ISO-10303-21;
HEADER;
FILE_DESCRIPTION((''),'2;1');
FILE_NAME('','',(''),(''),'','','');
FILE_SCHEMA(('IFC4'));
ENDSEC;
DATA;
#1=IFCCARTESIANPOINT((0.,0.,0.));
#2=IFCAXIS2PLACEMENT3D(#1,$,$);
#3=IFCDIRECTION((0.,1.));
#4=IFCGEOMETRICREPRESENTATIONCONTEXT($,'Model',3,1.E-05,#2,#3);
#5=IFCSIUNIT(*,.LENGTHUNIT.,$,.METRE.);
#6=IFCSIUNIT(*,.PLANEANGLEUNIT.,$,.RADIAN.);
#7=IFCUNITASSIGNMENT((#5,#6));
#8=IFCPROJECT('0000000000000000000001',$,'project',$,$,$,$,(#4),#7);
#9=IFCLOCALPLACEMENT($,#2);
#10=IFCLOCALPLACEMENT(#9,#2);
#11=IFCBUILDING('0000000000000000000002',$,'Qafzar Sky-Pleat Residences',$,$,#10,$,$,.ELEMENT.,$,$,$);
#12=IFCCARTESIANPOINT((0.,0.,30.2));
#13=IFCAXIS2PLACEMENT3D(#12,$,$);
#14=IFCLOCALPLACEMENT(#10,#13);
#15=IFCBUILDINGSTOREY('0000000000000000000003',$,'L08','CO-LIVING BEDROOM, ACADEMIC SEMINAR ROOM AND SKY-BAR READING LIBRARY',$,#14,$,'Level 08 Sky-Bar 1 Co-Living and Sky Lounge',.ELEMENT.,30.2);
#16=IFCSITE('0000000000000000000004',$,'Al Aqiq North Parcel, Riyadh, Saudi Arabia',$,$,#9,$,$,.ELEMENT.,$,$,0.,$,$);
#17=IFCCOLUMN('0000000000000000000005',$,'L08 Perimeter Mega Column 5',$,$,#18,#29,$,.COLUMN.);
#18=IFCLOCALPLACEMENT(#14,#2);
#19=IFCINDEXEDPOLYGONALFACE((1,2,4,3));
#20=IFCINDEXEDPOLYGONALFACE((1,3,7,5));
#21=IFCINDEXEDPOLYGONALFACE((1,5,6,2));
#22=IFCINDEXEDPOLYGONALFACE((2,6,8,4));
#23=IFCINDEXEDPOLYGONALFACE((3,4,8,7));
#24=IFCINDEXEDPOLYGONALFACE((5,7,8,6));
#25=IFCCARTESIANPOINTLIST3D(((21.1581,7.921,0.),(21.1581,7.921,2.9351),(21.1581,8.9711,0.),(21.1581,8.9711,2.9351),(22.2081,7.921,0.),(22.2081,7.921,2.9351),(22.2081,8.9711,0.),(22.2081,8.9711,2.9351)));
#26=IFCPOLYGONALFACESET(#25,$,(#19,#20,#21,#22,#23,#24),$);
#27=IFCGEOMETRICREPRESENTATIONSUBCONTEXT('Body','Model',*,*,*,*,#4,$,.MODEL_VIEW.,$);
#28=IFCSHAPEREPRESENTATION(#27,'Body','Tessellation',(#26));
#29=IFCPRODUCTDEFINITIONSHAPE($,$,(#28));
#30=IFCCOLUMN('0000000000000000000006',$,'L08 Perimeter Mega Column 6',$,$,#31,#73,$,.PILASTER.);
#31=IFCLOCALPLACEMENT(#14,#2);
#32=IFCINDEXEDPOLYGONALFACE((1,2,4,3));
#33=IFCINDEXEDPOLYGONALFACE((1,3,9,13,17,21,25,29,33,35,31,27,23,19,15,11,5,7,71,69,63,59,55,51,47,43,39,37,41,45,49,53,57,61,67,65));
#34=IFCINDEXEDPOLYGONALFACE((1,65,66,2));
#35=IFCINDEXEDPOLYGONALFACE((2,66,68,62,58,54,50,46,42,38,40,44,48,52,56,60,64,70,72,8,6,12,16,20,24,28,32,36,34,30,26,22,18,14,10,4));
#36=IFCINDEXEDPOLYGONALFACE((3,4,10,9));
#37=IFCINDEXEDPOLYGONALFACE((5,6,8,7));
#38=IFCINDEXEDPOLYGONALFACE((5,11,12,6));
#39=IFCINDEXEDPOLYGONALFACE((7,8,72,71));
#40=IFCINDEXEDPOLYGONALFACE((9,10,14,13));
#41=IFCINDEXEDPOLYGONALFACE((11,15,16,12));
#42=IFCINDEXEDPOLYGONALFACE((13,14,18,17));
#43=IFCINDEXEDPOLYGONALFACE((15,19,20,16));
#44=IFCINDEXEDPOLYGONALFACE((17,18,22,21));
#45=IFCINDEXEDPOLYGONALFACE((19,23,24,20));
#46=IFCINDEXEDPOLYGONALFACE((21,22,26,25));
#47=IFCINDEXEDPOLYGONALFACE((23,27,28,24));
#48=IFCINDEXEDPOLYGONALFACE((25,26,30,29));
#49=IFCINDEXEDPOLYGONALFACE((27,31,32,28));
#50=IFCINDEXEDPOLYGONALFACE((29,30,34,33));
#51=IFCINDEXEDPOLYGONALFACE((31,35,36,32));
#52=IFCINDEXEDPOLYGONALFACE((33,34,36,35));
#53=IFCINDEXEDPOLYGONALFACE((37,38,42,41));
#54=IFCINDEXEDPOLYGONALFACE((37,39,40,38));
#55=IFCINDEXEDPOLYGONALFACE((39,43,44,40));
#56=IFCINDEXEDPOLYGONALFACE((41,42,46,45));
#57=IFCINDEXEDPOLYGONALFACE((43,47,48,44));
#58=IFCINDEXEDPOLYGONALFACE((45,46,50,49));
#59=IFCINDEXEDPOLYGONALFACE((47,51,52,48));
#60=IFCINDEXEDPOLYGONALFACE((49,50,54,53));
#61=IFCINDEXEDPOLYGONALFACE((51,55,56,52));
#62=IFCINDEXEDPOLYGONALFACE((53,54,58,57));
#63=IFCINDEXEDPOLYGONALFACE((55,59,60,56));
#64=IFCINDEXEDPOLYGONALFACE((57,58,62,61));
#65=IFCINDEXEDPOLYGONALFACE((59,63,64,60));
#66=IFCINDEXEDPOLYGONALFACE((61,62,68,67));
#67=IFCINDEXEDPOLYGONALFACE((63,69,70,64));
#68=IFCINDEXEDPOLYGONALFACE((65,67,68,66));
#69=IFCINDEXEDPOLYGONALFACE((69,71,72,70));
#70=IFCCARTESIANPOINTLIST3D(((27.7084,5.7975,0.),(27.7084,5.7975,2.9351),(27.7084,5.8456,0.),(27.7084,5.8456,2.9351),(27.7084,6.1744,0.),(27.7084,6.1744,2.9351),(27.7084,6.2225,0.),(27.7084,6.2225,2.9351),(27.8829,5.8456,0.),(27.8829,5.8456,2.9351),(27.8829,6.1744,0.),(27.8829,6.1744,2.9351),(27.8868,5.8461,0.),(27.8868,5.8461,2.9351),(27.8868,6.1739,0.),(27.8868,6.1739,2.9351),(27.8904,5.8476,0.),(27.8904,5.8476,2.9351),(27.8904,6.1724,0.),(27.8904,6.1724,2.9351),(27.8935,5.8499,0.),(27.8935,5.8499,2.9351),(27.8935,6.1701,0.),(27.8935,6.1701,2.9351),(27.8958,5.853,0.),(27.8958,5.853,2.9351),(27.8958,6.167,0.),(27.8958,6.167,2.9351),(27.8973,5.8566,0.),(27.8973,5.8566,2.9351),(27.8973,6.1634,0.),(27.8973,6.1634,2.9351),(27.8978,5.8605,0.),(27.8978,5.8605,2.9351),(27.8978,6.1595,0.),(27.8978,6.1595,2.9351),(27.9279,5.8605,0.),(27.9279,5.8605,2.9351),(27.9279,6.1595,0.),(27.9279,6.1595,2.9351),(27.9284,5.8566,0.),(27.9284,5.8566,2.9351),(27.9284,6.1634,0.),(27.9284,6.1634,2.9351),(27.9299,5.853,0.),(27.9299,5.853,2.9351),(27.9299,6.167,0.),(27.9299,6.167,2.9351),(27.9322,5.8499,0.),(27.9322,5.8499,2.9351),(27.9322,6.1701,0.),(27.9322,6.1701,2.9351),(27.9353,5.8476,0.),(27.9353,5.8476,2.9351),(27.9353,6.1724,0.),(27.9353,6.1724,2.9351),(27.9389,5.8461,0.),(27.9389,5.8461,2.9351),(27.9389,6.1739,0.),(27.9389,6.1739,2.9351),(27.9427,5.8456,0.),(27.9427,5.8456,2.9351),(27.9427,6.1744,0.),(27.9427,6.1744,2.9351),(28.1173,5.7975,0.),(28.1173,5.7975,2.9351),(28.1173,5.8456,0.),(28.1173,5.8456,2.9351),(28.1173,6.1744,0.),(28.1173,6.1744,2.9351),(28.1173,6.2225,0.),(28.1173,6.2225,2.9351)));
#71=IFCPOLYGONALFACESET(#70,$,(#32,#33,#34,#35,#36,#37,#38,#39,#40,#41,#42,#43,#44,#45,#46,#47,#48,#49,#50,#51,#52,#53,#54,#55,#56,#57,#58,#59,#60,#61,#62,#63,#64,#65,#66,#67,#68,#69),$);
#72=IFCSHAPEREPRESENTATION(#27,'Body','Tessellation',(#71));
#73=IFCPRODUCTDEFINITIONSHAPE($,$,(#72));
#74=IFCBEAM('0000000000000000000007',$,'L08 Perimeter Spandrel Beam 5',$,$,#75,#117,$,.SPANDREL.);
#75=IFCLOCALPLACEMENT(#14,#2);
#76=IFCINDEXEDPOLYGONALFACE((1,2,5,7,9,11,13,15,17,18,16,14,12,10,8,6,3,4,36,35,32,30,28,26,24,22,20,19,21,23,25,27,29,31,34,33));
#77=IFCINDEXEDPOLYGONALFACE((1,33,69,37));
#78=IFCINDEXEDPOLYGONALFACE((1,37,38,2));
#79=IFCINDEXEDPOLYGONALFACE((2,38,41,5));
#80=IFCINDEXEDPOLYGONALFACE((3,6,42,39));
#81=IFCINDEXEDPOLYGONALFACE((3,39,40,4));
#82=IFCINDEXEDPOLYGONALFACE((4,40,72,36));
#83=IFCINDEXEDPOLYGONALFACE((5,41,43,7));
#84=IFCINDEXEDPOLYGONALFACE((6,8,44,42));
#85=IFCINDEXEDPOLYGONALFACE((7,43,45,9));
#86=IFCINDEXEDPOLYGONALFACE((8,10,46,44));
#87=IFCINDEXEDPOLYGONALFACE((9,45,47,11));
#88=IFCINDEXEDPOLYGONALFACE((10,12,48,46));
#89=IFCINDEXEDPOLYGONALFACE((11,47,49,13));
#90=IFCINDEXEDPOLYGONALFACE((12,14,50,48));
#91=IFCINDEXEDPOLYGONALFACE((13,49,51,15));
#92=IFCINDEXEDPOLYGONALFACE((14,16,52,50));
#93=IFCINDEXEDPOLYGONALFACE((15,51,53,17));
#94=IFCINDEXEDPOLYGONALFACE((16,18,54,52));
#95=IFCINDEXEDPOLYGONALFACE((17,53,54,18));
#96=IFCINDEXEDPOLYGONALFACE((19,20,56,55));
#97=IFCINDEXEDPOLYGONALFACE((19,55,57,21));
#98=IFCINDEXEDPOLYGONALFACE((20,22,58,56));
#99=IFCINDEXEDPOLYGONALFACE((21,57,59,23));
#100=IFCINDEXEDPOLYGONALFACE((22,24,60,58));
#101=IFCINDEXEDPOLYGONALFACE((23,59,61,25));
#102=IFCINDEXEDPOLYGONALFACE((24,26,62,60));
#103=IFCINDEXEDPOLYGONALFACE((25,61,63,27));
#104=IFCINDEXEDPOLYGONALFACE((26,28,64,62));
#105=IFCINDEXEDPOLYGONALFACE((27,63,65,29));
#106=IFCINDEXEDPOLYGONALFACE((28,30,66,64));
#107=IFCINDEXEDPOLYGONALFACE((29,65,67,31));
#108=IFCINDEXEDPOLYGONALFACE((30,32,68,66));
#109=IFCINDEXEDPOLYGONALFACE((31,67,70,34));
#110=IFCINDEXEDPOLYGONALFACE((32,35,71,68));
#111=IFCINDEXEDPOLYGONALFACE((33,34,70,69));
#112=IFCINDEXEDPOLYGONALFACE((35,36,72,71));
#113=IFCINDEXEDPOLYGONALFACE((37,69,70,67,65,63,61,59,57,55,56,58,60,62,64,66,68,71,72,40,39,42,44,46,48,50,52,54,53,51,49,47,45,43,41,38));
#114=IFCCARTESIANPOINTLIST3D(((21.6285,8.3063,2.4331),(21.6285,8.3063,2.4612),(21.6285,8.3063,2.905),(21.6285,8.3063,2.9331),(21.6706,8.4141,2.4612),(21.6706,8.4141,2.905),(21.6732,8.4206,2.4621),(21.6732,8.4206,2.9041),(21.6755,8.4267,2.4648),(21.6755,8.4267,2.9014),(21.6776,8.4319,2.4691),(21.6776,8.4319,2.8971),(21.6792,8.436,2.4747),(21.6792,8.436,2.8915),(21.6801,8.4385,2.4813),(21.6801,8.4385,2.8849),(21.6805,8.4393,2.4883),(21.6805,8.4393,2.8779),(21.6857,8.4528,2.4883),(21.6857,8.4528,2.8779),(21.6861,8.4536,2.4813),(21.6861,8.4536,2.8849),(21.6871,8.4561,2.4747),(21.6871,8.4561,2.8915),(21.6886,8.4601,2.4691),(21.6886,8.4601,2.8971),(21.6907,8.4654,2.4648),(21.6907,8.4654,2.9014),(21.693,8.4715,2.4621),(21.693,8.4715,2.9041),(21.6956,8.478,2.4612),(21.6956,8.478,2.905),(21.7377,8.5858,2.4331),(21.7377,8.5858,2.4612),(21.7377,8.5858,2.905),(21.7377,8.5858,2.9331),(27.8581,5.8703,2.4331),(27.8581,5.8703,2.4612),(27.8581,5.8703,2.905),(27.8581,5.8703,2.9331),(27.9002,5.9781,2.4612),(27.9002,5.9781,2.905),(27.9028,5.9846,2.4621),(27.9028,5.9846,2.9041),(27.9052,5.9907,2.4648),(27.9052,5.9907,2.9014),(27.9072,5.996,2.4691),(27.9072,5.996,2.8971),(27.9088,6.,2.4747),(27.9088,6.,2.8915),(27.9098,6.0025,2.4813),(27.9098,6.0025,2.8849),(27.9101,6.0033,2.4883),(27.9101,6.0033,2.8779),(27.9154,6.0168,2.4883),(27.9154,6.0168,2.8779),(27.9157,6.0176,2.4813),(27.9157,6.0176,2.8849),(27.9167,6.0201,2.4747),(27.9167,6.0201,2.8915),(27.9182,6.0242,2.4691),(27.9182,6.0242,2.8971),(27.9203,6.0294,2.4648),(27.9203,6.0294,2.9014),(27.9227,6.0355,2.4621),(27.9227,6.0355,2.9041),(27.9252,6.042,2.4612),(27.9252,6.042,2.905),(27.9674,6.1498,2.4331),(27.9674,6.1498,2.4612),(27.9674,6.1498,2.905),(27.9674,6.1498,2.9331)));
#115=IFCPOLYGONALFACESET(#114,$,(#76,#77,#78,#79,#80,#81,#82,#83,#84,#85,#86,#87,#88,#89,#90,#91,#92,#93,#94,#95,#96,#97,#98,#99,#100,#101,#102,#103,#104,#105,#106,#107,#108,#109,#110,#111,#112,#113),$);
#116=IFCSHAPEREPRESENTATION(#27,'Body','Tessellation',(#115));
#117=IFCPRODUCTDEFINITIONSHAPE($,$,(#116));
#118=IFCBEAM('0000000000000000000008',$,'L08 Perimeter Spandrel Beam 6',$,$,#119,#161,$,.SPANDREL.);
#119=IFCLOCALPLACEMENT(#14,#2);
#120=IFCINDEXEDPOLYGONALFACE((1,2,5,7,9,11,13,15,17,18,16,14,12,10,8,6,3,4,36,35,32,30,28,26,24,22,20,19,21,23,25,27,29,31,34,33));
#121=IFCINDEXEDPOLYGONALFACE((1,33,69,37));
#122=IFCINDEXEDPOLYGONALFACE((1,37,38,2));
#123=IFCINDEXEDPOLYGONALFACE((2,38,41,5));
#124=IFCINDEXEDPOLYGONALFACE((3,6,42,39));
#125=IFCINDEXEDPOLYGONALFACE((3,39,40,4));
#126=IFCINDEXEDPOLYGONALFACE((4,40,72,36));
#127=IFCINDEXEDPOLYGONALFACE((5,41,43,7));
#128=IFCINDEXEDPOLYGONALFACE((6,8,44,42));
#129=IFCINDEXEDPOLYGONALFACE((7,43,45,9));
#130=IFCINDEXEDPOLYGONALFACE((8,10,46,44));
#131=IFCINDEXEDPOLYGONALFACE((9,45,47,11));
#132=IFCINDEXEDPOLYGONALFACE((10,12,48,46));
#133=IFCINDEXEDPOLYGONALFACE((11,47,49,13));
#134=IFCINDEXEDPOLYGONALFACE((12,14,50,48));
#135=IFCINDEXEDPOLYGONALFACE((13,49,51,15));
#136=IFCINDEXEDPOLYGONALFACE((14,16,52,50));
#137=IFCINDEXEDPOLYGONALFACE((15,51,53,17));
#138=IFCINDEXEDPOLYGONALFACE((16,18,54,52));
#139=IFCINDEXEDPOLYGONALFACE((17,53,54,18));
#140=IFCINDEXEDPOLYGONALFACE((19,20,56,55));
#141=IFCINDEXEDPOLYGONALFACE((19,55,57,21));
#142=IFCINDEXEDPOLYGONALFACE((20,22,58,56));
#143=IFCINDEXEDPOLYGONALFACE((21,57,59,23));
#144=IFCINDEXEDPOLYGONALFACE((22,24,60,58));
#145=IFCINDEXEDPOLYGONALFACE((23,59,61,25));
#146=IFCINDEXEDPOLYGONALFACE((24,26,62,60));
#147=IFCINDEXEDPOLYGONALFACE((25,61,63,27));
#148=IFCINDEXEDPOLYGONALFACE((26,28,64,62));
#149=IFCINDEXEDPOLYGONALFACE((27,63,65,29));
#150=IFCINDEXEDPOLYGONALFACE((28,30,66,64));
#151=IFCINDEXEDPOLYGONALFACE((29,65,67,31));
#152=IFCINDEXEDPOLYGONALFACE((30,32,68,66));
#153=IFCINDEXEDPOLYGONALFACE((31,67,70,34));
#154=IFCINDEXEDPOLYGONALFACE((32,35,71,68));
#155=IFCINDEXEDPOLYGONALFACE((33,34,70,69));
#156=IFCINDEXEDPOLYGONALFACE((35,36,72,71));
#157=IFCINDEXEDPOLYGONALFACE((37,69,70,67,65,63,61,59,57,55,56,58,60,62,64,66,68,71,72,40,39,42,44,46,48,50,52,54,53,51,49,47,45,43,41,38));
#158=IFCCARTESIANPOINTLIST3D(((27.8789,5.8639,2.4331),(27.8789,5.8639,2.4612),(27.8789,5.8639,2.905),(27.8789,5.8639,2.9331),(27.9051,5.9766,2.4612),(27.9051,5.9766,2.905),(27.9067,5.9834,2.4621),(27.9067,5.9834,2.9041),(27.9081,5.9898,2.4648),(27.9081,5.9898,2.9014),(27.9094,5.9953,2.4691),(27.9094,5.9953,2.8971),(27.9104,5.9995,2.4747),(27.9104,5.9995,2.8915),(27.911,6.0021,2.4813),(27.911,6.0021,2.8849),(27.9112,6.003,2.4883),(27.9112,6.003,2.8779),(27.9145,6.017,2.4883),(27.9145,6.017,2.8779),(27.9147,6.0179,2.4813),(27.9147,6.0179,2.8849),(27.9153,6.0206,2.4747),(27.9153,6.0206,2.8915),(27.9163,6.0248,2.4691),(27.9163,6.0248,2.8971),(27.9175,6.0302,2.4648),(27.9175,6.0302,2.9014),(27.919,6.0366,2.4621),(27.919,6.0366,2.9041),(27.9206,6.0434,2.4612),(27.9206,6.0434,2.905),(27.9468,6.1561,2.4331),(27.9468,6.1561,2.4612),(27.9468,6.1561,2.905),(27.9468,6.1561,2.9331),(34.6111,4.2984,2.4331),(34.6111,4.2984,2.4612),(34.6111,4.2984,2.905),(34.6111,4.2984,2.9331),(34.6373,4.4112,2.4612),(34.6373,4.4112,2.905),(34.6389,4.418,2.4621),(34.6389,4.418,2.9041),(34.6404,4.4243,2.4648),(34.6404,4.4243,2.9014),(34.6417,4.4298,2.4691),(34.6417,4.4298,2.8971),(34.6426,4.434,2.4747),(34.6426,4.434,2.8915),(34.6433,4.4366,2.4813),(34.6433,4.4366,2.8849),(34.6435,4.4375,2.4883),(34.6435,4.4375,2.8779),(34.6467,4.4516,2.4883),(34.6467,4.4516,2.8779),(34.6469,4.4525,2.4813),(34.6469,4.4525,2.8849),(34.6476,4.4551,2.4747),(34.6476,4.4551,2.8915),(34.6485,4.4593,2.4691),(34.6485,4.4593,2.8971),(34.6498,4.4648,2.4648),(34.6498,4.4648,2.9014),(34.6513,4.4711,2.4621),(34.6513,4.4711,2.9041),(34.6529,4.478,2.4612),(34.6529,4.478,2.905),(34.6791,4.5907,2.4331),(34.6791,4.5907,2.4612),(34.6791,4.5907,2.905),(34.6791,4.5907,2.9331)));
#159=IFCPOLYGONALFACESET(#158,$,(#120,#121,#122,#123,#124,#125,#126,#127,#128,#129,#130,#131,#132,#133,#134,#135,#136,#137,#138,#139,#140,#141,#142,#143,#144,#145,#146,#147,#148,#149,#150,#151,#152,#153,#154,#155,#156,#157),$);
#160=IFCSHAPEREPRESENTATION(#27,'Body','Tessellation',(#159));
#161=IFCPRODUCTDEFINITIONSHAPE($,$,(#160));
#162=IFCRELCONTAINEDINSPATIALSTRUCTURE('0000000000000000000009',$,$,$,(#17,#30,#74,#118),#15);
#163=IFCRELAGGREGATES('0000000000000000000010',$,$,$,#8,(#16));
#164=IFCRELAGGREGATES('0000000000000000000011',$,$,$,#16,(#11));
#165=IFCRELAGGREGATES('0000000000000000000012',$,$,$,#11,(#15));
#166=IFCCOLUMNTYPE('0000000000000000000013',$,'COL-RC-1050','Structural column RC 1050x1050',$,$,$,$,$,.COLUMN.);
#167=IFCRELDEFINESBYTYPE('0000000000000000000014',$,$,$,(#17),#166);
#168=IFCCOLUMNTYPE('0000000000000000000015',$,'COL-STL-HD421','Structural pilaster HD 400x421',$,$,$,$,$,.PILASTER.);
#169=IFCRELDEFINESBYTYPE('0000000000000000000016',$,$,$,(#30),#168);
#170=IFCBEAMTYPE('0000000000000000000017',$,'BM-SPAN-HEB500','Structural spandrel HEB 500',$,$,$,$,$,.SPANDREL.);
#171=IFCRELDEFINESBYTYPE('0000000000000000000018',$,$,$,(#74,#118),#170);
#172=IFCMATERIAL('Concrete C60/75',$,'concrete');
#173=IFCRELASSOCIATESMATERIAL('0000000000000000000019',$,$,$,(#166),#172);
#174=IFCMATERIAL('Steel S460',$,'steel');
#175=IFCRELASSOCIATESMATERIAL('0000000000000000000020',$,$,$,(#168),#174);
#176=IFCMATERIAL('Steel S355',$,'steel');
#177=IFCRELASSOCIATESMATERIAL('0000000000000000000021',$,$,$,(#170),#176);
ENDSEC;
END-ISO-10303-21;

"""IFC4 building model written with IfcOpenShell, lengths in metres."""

from ifc_helpers import new_model, si_unit, direction, frame, origin, origin_2d, place, context, subcontext, project, spatial, rectangle, i_section, extrude, source, transform, mapped, material, material_profile, profile_set, type_object, element, save


model = new_model("IFC4")

# Units and contexts
model_context = context("Model", 3, precision=1e-05, world=origin(), true_north=direction((0.0, 1.0)))
body_context = subcontext(model_context, "Body", "Model", "MODEL_VIEW")
ifc_project = project(units=[si_unit("LENGTHUNIT", "METRE"), si_unit("PLANEANGLEUNIT", "RADIAN")], contexts=[model_context])

# Site, building, storey
site_placement = place(None, origin())
site = spatial("IfcSite", under=ifc_project, at=site_placement, Name="Al Aqiq North Parcel, Riyadh, Saudi Arabia", CompositionType="ELEMENT", RefElevation=0.0)
building_placement = place(site_placement, origin())
building = spatial("IfcBuilding", under=site, at=building_placement, Name="Qafzar Sky-Pleat Residences", CompositionType="ELEMENT")
storey_placement = place(building_placement, frame((0.0, 0.0, 30.2)))
storey = spatial("IfcBuildingStorey", under=building, at=storey_placement, Name="L08", Description="CO-LIVING BEDROOM, ACADEMIC SEMINAR ROOM AND SKY-BAR READING LIBRARY", LongName="Level 08 Sky-Bar 1 Co-Living and Sky Lounge", CompositionType="ELEMENT", Elevation=30.2)

# Columns
ifc_material_1 = material(Name="Concrete C60/75", Category="concrete")
ifc_material_profile_1 = material_profile(ifc_material_1, rectangle(XDim=1.05, YDim=1.05, at=origin_2d()), Name="RC 1050x1050")
ifc_profile_set_1 = profile_set([ifc_material_profile_1], Name="Concrete C60/75")
column_type_1 = type_object("IfcColumnType", Name="COL-RC-1050", Description="Structural column RC 1050x1050", PredefinedType="COLUMN", material=ifc_profile_set_1)
shared_shape_1 = source(origin(), body_context, "Body", "SweptSolid", [
    extrude(rectangle(XDim=1.05, YDim=1.05, at=origin_2d()), origin(), (0.0, 0.0, 1.0), 2.9351),
])
column_1_placement = place(storey_placement, frame((21.6831, 8.446, 0.0), z_axis=(0.0, 0.0, 1.0), x_axis=(1.0, 0.0, 0.0)))
element("IfcColumn", 1, at=column_1_placement, inside=storey, type_object=column_type_1, Name="L08 Perimeter Mega Column 5", PredefinedType="COLUMN", context=body_context, shape_type="MappedRepresentation", body=[
    mapped(shared_shape_1, transform((0.0, 0.0, 0.0), x_axis=(1.0, 0.0, 0.0), y_axis=(0.0, 1.0, 0.0), z_axis=(0.0, 0.0, 1.0), scale=1.0)),
])
ifc_material_2 = material(Name="Steel S460", Category="steel")
ifc_material_profile_2 = material_profile(ifc_material_2, i_section(OverallWidth=0.4089, OverallDepth=0.425, WebThickness=0.03, FlangeThickness=0.0481, FilletRadius=0.0149, at=origin_2d()), Name="HD 400x421")
ifc_profile_set_2 = profile_set([ifc_material_profile_2], Name="Steel S460")
column_type_2 = type_object("IfcColumnType", Name="COL-STL-HD421", Description="Structural pilaster HD 400x421", PredefinedType="PILASTER", material=ifc_profile_set_2)
shared_shape_2 = source(origin(), body_context, "Body", "SweptSolid", [
    extrude(i_section(OverallWidth=0.4089, OverallDepth=0.425, WebThickness=0.03, FlangeThickness=0.0481, FilletRadius=0.0149, at=origin_2d()), origin(), (0.0, 0.0, 1.0), 2.9351),
])
column_2_placement = place(storey_placement, frame((27.9128, 6.01, 0.0), z_axis=(0.0, 0.0, 1.0), x_axis=(1.0, 0.0, 0.0)))
element("IfcColumn", 2, at=column_2_placement, inside=storey, type_object=column_type_2, Name="L08 Perimeter Mega Column 6", PredefinedType="PILASTER", context=body_context, shape_type="MappedRepresentation", body=[
    mapped(shared_shape_2, transform((0.0, 0.0, 0.0), x_axis=(1.0, 0.0, 0.0), y_axis=(0.0, 1.0, 0.0), z_axis=(0.0, 0.0, 1.0), scale=1.0)),
])

# Beams
ifc_material_3 = material(Name="Steel S355", Category="steel")
ifc_material_profile_3 = material_profile(ifc_material_3, i_section(OverallWidth=0.3, OverallDepth=0.5, WebThickness=0.0144, FlangeThickness=0.0281, FilletRadius=0.0271, at=origin_2d()), Name="HEB 500")
ifc_profile_set_3 = profile_set([ifc_material_profile_3], Name="Steel S355")
beam_type_1 = type_object("IfcBeamType", Name="BM-SPAN-HEB500", Description="Structural spandrel HEB 500", PredefinedType="SPANDREL", material=ifc_profile_set_3)
shared_shape_3 = source(origin(), body_context, "Body", "SweptSolid", [
    extrude(i_section(OverallWidth=0.3, OverallDepth=0.5, WebThickness=0.0144, FlangeThickness=0.0281, FilletRadius=0.0271, at=origin_2d()), origin(), (0.0, 0.0, 1.0), 6.689),
])
beam_1_placement = place(storey_placement, frame((21.6831, 8.446, 2.6831), z_axis=(0.931328, -0.364181, 0.0), x_axis=(0.364181, 0.931328, 0.0)))
element("IfcBeam", 3, at=beam_1_placement, inside=storey, type_object=beam_type_1, Name="L08 Perimeter Spandrel Beam 5", PredefinedType="SPANDREL", context=body_context, shape_type="MappedRepresentation", body=[
    mapped(shared_shape_3, transform((0.0, 0.0, 0.0), x_axis=(1.0, 0.0, 0.0), y_axis=(0.0, 1.0, 0.0), z_axis=(0.0, 0.0, 1.0), scale=1.0)),
])
shared_shape_4 = source(origin(), body_context, "Body", "SweptSolid", [
    extrude(i_section(OverallWidth=0.3, OverallDepth=0.5, WebThickness=0.0144, FlangeThickness=0.0281, FilletRadius=0.0271, at=origin_2d()), origin(), (0.0, 0.0, 1.0), 6.9119),
])
beam_2_placement = place(storey_placement, frame((27.9128, 6.01, 2.6831), z_axis=(0.974014, -0.226487, 0.0), x_axis=(0.226487, 0.974014, 0.0)))
element("IfcBeam", 4, at=beam_2_placement, inside=storey, type_object=beam_type_1, Name="L08 Perimeter Spandrel Beam 6", PredefinedType="SPANDREL", context=body_context, shape_type="MappedRepresentation", body=[
    mapped(shared_shape_4, transform((0.0, 0.0, 0.0), x_axis=(1.0, 0.0, 0.0), y_axis=(0.0, 1.0, 0.0), z_axis=(0.0, 0.0, 1.0), scale=1.0)),
])

save(model, "model.ifc")
